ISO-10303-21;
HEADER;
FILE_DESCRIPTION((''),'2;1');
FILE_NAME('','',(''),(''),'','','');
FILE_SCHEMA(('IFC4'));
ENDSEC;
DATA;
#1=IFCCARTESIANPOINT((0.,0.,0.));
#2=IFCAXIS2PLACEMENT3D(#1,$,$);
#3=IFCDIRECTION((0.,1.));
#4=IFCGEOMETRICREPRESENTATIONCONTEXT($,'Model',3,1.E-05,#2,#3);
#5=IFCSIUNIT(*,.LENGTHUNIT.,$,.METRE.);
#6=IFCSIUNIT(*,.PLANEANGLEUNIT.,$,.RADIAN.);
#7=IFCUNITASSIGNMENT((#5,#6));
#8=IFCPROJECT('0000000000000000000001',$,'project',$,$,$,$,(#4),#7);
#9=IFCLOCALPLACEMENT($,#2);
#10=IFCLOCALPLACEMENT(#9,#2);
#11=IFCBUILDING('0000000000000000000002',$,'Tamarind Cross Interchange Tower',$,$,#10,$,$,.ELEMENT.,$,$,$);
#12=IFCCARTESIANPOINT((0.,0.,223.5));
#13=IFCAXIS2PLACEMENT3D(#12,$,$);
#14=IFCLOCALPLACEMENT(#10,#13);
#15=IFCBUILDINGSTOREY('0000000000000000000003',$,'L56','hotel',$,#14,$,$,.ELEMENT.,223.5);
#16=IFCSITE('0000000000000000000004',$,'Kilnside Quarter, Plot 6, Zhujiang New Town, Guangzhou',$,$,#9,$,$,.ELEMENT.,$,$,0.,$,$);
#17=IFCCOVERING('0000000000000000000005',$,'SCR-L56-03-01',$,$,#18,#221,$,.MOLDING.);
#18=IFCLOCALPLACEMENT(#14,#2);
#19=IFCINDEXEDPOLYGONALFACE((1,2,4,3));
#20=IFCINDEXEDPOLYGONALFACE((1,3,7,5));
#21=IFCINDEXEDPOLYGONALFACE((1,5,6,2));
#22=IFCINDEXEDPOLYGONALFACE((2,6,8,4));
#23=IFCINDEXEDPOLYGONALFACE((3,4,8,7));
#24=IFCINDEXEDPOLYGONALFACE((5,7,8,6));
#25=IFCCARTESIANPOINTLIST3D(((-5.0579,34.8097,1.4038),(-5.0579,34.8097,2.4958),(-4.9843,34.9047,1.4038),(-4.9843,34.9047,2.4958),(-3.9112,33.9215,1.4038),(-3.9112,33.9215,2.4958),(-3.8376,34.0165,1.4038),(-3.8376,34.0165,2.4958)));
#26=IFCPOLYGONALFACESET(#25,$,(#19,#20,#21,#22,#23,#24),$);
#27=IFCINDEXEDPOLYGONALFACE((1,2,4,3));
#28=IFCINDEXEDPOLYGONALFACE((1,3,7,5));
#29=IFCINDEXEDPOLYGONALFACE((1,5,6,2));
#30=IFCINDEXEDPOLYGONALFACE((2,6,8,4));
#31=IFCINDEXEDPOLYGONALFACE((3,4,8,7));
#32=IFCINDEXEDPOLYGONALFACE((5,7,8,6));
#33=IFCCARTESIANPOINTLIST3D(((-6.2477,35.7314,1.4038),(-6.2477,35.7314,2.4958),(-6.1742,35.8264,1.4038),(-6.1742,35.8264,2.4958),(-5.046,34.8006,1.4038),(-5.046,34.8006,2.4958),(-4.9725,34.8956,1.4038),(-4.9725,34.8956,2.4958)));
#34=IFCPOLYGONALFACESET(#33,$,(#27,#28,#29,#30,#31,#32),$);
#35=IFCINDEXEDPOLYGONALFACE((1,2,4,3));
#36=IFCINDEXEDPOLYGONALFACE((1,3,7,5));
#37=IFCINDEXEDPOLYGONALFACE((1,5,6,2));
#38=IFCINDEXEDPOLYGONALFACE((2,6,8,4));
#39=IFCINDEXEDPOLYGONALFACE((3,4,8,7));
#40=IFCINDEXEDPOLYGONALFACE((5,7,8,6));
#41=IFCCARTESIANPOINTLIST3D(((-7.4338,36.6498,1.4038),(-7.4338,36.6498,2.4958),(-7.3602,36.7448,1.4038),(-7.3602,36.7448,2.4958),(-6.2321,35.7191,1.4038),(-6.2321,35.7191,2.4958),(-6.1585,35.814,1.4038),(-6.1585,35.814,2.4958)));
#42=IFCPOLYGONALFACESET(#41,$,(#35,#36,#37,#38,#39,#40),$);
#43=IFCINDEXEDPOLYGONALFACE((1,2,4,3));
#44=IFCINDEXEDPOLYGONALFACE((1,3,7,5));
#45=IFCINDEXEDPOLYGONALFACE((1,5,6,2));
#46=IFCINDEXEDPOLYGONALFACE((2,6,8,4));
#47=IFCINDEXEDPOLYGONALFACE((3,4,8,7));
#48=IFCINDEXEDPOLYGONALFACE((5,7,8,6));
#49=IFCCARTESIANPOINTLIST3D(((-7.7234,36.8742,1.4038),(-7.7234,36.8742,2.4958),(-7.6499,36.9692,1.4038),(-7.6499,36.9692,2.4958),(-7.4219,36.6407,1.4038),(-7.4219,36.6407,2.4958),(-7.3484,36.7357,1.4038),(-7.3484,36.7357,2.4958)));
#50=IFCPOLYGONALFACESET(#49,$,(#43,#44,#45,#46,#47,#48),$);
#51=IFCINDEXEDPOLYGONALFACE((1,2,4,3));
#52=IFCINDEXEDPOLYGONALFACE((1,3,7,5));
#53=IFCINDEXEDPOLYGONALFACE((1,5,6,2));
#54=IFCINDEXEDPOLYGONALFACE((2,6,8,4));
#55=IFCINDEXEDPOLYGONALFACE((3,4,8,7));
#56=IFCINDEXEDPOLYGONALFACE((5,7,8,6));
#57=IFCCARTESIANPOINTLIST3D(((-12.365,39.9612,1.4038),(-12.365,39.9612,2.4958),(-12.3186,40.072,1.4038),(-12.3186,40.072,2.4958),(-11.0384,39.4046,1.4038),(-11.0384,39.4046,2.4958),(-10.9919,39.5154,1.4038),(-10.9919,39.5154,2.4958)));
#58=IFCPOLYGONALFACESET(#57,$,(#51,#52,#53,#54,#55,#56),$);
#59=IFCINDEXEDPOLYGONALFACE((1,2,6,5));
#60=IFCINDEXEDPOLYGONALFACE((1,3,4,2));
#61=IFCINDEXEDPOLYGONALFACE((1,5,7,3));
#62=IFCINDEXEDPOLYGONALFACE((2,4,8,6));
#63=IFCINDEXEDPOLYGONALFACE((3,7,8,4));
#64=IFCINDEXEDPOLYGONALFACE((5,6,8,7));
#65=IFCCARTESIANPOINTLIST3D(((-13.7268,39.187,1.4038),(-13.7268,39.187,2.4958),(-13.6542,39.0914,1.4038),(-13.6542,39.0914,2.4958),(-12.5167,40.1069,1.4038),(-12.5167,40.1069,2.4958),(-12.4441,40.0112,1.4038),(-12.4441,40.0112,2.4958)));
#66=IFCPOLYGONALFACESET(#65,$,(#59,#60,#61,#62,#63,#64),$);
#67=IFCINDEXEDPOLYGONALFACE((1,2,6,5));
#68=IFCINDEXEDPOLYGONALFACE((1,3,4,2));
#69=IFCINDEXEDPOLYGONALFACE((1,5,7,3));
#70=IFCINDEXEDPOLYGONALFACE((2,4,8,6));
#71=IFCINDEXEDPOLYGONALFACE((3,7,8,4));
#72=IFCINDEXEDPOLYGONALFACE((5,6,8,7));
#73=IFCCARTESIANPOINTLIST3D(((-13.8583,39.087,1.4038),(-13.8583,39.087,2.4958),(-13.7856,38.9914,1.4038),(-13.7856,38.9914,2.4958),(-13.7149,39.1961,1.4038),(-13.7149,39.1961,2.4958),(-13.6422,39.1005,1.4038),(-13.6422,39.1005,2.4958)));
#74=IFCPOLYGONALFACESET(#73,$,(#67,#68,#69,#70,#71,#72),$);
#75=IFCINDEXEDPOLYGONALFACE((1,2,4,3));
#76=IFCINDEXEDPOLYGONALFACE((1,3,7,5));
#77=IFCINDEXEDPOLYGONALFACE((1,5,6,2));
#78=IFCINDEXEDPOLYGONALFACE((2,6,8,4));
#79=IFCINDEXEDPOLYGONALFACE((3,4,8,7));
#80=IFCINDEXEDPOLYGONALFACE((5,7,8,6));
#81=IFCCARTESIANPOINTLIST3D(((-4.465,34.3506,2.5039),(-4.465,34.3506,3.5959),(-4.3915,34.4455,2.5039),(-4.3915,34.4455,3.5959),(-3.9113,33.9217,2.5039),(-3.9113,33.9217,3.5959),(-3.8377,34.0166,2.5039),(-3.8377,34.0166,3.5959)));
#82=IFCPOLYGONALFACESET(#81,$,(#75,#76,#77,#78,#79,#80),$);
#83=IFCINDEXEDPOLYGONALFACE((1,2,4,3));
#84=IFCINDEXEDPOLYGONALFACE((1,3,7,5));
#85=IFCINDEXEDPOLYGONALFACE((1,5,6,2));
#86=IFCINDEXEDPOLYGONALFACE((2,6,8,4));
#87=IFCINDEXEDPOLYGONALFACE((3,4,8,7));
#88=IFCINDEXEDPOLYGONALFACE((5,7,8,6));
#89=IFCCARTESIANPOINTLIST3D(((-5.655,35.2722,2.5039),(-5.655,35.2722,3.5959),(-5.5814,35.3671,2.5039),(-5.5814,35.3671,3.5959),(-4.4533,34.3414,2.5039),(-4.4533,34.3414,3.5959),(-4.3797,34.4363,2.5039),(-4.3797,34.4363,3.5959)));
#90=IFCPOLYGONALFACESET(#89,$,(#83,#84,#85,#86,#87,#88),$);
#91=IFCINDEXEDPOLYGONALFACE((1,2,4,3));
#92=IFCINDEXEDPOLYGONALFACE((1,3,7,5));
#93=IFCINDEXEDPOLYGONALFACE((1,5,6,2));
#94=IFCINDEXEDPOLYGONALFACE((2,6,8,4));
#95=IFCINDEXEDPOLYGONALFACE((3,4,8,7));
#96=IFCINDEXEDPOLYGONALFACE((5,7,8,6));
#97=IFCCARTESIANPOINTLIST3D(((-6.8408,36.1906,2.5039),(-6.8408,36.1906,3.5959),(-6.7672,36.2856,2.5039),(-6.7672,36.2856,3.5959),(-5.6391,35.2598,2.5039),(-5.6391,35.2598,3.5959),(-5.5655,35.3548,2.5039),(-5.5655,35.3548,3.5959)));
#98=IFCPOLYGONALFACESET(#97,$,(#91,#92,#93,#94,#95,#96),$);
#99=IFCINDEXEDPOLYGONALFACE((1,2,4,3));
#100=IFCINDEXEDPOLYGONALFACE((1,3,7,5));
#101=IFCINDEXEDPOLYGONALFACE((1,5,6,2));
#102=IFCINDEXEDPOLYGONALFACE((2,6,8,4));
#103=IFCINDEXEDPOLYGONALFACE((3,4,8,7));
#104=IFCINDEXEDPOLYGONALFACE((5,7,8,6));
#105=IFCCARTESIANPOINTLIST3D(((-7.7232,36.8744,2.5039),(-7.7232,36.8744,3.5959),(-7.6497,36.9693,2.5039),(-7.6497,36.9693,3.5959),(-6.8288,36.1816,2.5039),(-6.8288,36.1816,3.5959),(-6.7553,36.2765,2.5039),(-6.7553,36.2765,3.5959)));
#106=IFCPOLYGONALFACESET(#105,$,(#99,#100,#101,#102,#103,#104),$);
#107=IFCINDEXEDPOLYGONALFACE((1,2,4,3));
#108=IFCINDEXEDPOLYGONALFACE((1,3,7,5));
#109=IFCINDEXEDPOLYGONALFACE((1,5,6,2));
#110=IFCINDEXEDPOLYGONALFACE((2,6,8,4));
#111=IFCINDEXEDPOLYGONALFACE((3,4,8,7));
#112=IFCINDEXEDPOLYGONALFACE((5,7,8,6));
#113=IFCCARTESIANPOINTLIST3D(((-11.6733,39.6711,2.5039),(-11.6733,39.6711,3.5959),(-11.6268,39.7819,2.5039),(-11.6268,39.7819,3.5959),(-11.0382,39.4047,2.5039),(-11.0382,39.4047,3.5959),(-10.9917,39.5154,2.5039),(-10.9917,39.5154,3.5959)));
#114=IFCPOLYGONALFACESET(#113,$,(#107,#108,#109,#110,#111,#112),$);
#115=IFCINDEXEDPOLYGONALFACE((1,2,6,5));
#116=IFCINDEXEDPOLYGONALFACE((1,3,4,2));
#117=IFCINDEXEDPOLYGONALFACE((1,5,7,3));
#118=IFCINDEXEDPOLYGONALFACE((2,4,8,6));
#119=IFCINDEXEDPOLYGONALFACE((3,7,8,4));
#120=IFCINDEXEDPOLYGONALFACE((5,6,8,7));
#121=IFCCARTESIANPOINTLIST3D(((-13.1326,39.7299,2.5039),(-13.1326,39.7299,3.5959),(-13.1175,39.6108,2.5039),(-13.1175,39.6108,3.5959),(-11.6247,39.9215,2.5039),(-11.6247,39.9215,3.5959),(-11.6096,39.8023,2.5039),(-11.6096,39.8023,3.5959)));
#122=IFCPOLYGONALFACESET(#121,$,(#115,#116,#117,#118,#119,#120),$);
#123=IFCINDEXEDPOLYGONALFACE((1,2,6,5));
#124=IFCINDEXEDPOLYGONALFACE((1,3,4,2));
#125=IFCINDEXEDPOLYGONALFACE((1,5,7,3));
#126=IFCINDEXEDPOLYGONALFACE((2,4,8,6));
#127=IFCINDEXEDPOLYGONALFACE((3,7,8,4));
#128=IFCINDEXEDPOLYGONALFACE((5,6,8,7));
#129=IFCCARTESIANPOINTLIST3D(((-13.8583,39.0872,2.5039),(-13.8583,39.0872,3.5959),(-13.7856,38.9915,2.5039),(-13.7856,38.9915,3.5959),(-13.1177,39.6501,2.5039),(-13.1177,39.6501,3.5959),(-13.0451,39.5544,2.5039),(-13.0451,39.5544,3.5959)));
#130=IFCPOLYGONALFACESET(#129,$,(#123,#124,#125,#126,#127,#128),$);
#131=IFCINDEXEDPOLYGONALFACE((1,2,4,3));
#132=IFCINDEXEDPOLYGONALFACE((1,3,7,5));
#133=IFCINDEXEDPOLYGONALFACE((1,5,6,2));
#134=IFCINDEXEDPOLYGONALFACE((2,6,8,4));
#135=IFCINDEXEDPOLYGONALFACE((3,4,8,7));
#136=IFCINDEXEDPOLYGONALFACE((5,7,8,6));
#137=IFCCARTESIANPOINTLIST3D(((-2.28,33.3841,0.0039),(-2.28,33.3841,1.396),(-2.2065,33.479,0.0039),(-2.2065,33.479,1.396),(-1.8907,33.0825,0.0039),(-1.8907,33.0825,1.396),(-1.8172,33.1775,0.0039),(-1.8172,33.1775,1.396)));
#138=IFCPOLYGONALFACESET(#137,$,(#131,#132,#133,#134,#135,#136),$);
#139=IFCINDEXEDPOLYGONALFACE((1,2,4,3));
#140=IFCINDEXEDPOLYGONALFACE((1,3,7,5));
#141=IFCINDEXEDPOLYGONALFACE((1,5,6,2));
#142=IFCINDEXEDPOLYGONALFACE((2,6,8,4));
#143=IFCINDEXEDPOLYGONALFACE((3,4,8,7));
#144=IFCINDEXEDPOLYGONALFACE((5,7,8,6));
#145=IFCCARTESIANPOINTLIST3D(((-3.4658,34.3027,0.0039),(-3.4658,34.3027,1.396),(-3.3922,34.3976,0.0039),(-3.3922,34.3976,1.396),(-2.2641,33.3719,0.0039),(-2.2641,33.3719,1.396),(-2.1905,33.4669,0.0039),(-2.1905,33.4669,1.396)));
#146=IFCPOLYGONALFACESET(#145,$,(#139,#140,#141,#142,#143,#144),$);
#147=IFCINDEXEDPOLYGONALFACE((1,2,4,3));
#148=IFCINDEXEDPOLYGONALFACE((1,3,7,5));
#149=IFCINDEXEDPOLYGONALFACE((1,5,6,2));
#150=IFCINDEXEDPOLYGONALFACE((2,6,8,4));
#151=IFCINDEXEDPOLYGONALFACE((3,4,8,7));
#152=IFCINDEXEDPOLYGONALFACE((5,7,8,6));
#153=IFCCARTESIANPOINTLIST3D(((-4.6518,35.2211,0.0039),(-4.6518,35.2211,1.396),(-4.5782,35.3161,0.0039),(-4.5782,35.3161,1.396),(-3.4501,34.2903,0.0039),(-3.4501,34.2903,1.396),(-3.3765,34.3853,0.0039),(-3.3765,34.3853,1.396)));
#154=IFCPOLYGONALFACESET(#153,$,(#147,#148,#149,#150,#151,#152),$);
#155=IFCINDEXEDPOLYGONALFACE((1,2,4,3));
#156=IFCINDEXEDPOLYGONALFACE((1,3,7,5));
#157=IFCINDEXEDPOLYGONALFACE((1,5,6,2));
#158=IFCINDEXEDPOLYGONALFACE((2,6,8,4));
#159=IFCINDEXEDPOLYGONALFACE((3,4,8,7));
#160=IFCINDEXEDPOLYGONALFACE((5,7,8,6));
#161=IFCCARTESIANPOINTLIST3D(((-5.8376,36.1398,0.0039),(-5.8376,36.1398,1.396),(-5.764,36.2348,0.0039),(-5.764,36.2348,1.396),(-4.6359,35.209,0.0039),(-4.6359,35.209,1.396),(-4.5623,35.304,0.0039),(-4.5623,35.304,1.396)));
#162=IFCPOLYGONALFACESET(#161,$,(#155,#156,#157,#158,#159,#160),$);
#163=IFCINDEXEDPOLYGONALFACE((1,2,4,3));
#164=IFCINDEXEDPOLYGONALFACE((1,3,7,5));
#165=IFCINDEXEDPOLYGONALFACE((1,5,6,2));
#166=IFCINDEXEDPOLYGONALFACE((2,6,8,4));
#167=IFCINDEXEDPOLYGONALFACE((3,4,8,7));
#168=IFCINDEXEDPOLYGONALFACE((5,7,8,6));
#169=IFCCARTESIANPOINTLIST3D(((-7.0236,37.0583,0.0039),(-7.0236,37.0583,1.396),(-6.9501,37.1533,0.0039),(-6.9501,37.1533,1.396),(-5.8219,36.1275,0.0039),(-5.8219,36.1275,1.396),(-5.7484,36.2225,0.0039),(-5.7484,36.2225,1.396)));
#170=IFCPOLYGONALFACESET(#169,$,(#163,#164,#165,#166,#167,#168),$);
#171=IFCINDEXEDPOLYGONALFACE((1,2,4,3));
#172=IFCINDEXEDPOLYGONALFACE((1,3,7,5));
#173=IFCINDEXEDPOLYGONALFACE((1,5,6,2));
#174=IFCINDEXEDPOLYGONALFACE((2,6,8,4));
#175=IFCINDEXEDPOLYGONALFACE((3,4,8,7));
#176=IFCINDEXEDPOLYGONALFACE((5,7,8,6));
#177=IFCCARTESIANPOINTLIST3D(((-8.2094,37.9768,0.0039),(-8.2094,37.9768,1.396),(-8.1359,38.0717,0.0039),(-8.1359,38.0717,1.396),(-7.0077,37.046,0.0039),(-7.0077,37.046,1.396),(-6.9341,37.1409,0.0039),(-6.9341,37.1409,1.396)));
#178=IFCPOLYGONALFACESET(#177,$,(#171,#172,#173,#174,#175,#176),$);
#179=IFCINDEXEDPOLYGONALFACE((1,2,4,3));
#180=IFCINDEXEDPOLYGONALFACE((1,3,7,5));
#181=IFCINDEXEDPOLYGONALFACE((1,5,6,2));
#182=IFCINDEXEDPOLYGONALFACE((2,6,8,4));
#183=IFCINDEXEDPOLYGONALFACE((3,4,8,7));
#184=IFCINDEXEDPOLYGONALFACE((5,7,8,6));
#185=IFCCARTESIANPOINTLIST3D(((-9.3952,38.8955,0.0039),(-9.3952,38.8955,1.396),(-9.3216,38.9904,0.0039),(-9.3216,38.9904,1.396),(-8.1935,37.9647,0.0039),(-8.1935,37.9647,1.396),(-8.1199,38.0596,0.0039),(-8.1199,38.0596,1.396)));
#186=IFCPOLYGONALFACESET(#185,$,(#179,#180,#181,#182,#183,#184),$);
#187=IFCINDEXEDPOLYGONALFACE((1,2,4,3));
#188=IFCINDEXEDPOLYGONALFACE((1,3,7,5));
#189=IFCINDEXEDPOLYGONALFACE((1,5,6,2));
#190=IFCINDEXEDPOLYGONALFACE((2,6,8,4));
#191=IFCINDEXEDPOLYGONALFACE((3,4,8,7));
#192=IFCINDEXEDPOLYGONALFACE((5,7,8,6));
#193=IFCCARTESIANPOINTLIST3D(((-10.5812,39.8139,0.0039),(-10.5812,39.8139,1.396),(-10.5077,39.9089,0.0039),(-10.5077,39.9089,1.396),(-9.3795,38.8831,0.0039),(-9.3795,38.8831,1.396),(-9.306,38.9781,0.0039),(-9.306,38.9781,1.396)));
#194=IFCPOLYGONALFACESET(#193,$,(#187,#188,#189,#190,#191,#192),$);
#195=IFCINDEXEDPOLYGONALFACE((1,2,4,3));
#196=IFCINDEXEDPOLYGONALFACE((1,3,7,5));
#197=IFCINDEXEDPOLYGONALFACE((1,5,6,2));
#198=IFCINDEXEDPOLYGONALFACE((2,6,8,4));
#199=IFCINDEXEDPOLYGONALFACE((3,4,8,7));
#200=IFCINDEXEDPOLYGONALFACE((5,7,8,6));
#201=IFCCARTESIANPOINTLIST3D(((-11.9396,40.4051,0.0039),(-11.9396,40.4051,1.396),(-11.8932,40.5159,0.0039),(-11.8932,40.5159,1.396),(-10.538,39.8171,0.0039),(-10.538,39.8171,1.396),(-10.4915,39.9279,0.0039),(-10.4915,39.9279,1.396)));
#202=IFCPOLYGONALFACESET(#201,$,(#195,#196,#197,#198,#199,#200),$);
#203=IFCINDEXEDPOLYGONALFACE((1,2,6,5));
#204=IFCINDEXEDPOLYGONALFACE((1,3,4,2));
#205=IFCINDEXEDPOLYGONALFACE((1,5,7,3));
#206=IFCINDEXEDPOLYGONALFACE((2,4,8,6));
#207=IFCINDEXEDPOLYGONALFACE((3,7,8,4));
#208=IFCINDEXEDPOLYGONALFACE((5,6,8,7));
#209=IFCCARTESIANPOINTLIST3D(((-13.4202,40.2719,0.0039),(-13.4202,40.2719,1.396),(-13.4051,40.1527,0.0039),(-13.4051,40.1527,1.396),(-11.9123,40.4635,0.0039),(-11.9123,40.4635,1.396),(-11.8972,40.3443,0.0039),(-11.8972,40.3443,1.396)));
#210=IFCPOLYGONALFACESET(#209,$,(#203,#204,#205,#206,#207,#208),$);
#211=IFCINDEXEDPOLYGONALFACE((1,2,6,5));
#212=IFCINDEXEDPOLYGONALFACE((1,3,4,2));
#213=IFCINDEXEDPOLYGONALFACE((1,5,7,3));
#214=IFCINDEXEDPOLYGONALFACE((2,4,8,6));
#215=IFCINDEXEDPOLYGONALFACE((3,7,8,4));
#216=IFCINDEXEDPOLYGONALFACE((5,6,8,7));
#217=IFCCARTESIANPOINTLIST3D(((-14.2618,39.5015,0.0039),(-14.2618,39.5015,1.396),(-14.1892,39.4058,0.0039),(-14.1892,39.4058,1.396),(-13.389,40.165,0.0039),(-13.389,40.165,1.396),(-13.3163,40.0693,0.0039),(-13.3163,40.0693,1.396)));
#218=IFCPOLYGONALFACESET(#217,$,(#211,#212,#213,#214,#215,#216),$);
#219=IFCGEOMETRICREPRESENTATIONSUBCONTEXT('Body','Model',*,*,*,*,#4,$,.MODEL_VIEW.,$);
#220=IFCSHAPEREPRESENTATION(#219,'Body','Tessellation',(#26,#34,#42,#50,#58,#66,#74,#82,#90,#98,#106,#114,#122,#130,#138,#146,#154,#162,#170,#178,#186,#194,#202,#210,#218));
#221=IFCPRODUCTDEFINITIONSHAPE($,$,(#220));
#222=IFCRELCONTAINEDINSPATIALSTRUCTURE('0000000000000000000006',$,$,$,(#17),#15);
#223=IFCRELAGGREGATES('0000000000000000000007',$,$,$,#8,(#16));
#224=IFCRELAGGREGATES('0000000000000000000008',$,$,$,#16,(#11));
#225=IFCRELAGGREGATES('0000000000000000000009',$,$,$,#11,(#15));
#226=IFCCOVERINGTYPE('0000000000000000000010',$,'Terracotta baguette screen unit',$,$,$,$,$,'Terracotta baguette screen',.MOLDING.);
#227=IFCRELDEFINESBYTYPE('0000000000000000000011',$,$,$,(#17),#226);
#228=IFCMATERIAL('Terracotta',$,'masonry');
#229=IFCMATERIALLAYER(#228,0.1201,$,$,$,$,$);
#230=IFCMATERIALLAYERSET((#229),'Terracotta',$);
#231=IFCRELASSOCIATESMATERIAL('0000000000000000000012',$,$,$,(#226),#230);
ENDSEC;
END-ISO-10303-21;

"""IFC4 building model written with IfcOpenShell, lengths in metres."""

from ifc_helpers import new_model, si_unit, direction, frame, origin, origin_2d, place, context, subcontext, project, spatial, rectangle, extrude, material, layer, layer_set, type_object, element, save


model = new_model("IFC4")

# Units and contexts
model_context = context("Model", 3, precision=1e-05, world=origin(), true_north=direction((0.0, 1.0)))
body_context = subcontext(model_context, "Body", "Model", "MODEL_VIEW")
ifc_project = project(units=[si_unit("LENGTHUNIT", "METRE"), si_unit("PLANEANGLEUNIT", "RADIAN")], contexts=[model_context])

# Site, building, storey
site_placement = place(None, origin())
site = spatial("IfcSite", under=ifc_project, at=site_placement, Name="Kilnside Quarter, Plot 6, Zhujiang New Town, Guangzhou", CompositionType="ELEMENT", RefElevation=0.0)
building_placement = place(site_placement, origin())
building = spatial("IfcBuilding", under=site, at=building_placement, Name="Tamarind Cross Interchange Tower", CompositionType="ELEMENT")
storey_placement = place(building_placement, frame((0.0, 0.0, 223.5)))
storey = spatial("IfcBuildingStorey", under=building, at=storey_placement, Name="L56", Description="hotel", CompositionType="ELEMENT", Elevation=223.5)

# Covering
ifc_material_1 = material(Name="Terracotta", Category="masonry")
ifc_layer_1 = layer(ifc_material_1, 0.1201)
ifc_layer_set_1 = layer_set([ifc_layer_1], Name="Terracotta")
covering_type = type_object("IfcCoveringType", Name="Terracotta baguette screen unit", ElementType="Terracotta baguette screen", PredefinedType="MOLDING", material=ifc_layer_set_1)
covering_1_placement = place(storey_placement, origin())
element("IfcCovering", 1, at=covering_1_placement, inside=storey, type_object=covering_type, Name="SCR-L56-03-01", PredefinedType="MOLDING", context=body_context, shape_type="SweptSolid", body=[
    extrude(rectangle(XDim=1.4504, YDim=0.1201, at=origin_2d()), frame((-4.4478, 34.4131, 1.4038), z_axis=(0.0, 0.0, 1.0), x_axis=(-0.790583, 0.612355, 0.0)), (0.0, 0.0, 1.0), 1.092),
    extrude(rectangle(XDim=1.52, YDim=0.1201, at=origin_2d()), frame((-5.6101, 35.3135, 1.4038), z_axis=(0.0, 0.0, 1.0), x_axis=(-0.790583, 0.612355, 0.0)), (0.0, 0.0, 1.0), 1.092),
    extrude(rectangle(XDim=1.52, YDim=0.1201, at=origin_2d()), frame((-6.7961, 36.2319, 1.4038), z_axis=(0.0, 0.0, 1.0), x_axis=(-0.790583, 0.612355, 0.0)), (0.0, 0.0, 1.0), 1.092),
    extrude(rectangle(XDim=0.3813, YDim=0.1201, at=origin_2d()), frame((-7.5359, 36.8049, 1.4038), z_axis=(0.0, 0.0, 1.0), x_axis=(-0.790583, 0.612355, 0.0)), (0.0, 0.0, 1.0), 1.092),
    extrude(rectangle(XDim=1.4387, YDim=0.1201, at=origin_2d()), frame((-11.6785, 39.7383, 1.4038), z_axis=(0.0, 0.0, 1.0), x_axis=(-0.922133, 0.386872, 0.0)), (0.0, 0.0, 1.0), 1.092),
    extrude(rectangle(XDim=1.52, YDim=0.1201, at=origin_2d()), frame((-13.0854, 39.5991, 1.4038), z_axis=(0.0, 0.0, 1.0), x_axis=(-0.796108, -0.605155, 0.0)), (0.0, 0.0, 1.0), 1.092),
    extrude(rectangle(XDim=0.1802, YDim=0.1201, at=origin_2d()), frame((-13.7502, 39.0938, 1.4038), z_axis=(0.0, 0.0, 1.0), x_axis=(-0.796108, -0.605155, 0.0)), (0.0, 0.0, 1.0), 1.092),
    extrude(rectangle(XDim=0.7004, YDim=0.1201, at=origin_2d()), frame((-4.1514, 34.1836, 2.5039), z_axis=(0.0, 0.0, 1.0), x_axis=(-0.790583, 0.612355, 0.0)), (0.0, 0.0, 1.0), 1.092),
    extrude(rectangle(XDim=1.52, YDim=0.1201, at=origin_2d()), frame((-5.0173, 34.8542, 2.5039), z_axis=(0.0, 0.0, 1.0), x_axis=(-0.790583, 0.612355, 0.0)), (0.0, 0.0, 1.0), 1.092),
    extrude(rectangle(XDim=1.52, YDim=0.1201, at=origin_2d()), frame((-6.2031, 35.7727, 2.5039), z_axis=(0.0, 0.0, 1.0), x_axis=(-0.790583, 0.612355, 0.0)), (0.0, 0.0, 1.0), 1.092),
    extrude(rectangle(XDim=1.1313, YDim=0.1201, at=origin_2d()), frame((-7.2393, 36.5754, 2.5039), z_axis=(0.0, 0.0, 1.0), x_axis=(-0.790583, 0.612355, 0.0)), (0.0, 0.0, 1.0), 1.092),
    extrude(rectangle(XDim=0.6887, YDim=0.1201, at=origin_2d()), frame((-11.3325, 39.5933, 2.5039), z_axis=(0.0, 0.0, 1.0), x_axis=(-0.922133, 0.386872, 0.0)), (0.0, 0.0, 1.0), 1.092),
    extrude(rectangle(XDim=1.52, YDim=0.1201, at=origin_2d()), frame((-12.3711, 39.7661, 2.5039), z_axis=(0.0, 0.0, 1.0), x_axis=(-0.992027, -0.126026, 0.0)), (0.0, 0.0, 1.0), 1.092),
    extrude(rectangle(XDim=0.9302, YDim=0.1201, at=origin_2d()), frame((-13.4517, 39.3208, 2.5039), z_axis=(0.0, 0.0, 1.0), x_axis=(-0.796108, -0.605155, 0.0)), (0.0, 0.0, 1.0), 1.092),
    extrude(rectangle(XDim=0.4924, YDim=0.1201, at=origin_2d()), frame((-2.0486, 33.2808, 0.0039), z_axis=(0.0, 0.0, 1.0), x_axis=(-0.790583, 0.612355, 0.0)), (0.0, 0.0, 1.0), 1.3921),
    extrude(rectangle(XDim=1.52, YDim=0.1201, at=origin_2d()), frame((-2.8281, 33.8848, 0.0039), z_axis=(0.0, 0.0, 1.0), x_axis=(-0.790583, 0.612355, 0.0)), (0.0, 0.0, 1.0), 1.3921),
    extrude(rectangle(XDim=1.52, YDim=0.1201, at=origin_2d()), frame((-4.0142, 34.8032, 0.0039), z_axis=(0.0, 0.0, 1.0), x_axis=(-0.790583, 0.612355, 0.0)), (0.0, 0.0, 1.0), 1.3921),
    extrude(rectangle(XDim=1.52, YDim=0.1201, at=origin_2d()), frame((-5.2, 35.7219, 0.0039), z_axis=(0.0, 0.0, 1.0), x_axis=(-0.790583, 0.612355, 0.0)), (0.0, 0.0, 1.0), 1.3921),
    extrude(rectangle(XDim=1.52, YDim=0.1201, at=origin_2d()), frame((-6.386, 36.6404, 0.0039), z_axis=(0.0, 0.0, 1.0), x_axis=(-0.790583, 0.612355, 0.0)), (0.0, 0.0, 1.0), 1.3921),
    extrude(rectangle(XDim=1.52, YDim=0.1201, at=origin_2d()), frame((-7.5718, 37.5588, 0.0039), z_axis=(0.0, 0.0, 1.0), x_axis=(-0.790583, 0.612355, 0.0)), (0.0, 0.0, 1.0), 1.3921),
    extrude(rectangle(XDim=1.52, YDim=0.1201, at=origin_2d()), frame((-8.7576, 38.4775, 0.0039), z_axis=(0.0, 0.0, 1.0), x_axis=(-0.790583, 0.612355, 0.0)), (0.0, 0.0, 1.0), 1.3921),
    extrude(rectangle(XDim=1.52, YDim=0.1201, at=origin_2d()), frame((-9.9436, 39.396, 0.0039), z_axis=(0.0, 0.0, 1.0), x_axis=(-0.790583, 0.612355, 0.0)), (0.0, 0.0, 1.0), 1.3921),
    extrude(rectangle(XDim=1.52, YDim=0.1201, at=origin_2d()), frame((-11.2156, 40.1665, 0.0039), z_axis=(0.0, 0.0, 1.0), x_axis=(-0.922133, 0.386872, 0.0)), (0.0, 0.0, 1.0), 1.3921),
    extrude(rectangle(XDim=1.52, YDim=0.1201, at=origin_2d()), frame((-12.6587, 40.3081, 0.0039), z_axis=(0.0, 0.0, 1.0), x_axis=(-0.992027, -0.126026, 0.0)), (0.0, 0.0, 1.0), 1.3921),
    extrude(rectangle(XDim=1.0964, YDim=0.1201, at=origin_2d()), frame((-13.7891, 39.7854, 0.0039), z_axis=(0.0, 0.0, 1.0), x_axis=(-0.796108, -0.605155, 0.0)), (0.0, 0.0, 1.0), 1.3921),
])

save(model, "model.ifc")
